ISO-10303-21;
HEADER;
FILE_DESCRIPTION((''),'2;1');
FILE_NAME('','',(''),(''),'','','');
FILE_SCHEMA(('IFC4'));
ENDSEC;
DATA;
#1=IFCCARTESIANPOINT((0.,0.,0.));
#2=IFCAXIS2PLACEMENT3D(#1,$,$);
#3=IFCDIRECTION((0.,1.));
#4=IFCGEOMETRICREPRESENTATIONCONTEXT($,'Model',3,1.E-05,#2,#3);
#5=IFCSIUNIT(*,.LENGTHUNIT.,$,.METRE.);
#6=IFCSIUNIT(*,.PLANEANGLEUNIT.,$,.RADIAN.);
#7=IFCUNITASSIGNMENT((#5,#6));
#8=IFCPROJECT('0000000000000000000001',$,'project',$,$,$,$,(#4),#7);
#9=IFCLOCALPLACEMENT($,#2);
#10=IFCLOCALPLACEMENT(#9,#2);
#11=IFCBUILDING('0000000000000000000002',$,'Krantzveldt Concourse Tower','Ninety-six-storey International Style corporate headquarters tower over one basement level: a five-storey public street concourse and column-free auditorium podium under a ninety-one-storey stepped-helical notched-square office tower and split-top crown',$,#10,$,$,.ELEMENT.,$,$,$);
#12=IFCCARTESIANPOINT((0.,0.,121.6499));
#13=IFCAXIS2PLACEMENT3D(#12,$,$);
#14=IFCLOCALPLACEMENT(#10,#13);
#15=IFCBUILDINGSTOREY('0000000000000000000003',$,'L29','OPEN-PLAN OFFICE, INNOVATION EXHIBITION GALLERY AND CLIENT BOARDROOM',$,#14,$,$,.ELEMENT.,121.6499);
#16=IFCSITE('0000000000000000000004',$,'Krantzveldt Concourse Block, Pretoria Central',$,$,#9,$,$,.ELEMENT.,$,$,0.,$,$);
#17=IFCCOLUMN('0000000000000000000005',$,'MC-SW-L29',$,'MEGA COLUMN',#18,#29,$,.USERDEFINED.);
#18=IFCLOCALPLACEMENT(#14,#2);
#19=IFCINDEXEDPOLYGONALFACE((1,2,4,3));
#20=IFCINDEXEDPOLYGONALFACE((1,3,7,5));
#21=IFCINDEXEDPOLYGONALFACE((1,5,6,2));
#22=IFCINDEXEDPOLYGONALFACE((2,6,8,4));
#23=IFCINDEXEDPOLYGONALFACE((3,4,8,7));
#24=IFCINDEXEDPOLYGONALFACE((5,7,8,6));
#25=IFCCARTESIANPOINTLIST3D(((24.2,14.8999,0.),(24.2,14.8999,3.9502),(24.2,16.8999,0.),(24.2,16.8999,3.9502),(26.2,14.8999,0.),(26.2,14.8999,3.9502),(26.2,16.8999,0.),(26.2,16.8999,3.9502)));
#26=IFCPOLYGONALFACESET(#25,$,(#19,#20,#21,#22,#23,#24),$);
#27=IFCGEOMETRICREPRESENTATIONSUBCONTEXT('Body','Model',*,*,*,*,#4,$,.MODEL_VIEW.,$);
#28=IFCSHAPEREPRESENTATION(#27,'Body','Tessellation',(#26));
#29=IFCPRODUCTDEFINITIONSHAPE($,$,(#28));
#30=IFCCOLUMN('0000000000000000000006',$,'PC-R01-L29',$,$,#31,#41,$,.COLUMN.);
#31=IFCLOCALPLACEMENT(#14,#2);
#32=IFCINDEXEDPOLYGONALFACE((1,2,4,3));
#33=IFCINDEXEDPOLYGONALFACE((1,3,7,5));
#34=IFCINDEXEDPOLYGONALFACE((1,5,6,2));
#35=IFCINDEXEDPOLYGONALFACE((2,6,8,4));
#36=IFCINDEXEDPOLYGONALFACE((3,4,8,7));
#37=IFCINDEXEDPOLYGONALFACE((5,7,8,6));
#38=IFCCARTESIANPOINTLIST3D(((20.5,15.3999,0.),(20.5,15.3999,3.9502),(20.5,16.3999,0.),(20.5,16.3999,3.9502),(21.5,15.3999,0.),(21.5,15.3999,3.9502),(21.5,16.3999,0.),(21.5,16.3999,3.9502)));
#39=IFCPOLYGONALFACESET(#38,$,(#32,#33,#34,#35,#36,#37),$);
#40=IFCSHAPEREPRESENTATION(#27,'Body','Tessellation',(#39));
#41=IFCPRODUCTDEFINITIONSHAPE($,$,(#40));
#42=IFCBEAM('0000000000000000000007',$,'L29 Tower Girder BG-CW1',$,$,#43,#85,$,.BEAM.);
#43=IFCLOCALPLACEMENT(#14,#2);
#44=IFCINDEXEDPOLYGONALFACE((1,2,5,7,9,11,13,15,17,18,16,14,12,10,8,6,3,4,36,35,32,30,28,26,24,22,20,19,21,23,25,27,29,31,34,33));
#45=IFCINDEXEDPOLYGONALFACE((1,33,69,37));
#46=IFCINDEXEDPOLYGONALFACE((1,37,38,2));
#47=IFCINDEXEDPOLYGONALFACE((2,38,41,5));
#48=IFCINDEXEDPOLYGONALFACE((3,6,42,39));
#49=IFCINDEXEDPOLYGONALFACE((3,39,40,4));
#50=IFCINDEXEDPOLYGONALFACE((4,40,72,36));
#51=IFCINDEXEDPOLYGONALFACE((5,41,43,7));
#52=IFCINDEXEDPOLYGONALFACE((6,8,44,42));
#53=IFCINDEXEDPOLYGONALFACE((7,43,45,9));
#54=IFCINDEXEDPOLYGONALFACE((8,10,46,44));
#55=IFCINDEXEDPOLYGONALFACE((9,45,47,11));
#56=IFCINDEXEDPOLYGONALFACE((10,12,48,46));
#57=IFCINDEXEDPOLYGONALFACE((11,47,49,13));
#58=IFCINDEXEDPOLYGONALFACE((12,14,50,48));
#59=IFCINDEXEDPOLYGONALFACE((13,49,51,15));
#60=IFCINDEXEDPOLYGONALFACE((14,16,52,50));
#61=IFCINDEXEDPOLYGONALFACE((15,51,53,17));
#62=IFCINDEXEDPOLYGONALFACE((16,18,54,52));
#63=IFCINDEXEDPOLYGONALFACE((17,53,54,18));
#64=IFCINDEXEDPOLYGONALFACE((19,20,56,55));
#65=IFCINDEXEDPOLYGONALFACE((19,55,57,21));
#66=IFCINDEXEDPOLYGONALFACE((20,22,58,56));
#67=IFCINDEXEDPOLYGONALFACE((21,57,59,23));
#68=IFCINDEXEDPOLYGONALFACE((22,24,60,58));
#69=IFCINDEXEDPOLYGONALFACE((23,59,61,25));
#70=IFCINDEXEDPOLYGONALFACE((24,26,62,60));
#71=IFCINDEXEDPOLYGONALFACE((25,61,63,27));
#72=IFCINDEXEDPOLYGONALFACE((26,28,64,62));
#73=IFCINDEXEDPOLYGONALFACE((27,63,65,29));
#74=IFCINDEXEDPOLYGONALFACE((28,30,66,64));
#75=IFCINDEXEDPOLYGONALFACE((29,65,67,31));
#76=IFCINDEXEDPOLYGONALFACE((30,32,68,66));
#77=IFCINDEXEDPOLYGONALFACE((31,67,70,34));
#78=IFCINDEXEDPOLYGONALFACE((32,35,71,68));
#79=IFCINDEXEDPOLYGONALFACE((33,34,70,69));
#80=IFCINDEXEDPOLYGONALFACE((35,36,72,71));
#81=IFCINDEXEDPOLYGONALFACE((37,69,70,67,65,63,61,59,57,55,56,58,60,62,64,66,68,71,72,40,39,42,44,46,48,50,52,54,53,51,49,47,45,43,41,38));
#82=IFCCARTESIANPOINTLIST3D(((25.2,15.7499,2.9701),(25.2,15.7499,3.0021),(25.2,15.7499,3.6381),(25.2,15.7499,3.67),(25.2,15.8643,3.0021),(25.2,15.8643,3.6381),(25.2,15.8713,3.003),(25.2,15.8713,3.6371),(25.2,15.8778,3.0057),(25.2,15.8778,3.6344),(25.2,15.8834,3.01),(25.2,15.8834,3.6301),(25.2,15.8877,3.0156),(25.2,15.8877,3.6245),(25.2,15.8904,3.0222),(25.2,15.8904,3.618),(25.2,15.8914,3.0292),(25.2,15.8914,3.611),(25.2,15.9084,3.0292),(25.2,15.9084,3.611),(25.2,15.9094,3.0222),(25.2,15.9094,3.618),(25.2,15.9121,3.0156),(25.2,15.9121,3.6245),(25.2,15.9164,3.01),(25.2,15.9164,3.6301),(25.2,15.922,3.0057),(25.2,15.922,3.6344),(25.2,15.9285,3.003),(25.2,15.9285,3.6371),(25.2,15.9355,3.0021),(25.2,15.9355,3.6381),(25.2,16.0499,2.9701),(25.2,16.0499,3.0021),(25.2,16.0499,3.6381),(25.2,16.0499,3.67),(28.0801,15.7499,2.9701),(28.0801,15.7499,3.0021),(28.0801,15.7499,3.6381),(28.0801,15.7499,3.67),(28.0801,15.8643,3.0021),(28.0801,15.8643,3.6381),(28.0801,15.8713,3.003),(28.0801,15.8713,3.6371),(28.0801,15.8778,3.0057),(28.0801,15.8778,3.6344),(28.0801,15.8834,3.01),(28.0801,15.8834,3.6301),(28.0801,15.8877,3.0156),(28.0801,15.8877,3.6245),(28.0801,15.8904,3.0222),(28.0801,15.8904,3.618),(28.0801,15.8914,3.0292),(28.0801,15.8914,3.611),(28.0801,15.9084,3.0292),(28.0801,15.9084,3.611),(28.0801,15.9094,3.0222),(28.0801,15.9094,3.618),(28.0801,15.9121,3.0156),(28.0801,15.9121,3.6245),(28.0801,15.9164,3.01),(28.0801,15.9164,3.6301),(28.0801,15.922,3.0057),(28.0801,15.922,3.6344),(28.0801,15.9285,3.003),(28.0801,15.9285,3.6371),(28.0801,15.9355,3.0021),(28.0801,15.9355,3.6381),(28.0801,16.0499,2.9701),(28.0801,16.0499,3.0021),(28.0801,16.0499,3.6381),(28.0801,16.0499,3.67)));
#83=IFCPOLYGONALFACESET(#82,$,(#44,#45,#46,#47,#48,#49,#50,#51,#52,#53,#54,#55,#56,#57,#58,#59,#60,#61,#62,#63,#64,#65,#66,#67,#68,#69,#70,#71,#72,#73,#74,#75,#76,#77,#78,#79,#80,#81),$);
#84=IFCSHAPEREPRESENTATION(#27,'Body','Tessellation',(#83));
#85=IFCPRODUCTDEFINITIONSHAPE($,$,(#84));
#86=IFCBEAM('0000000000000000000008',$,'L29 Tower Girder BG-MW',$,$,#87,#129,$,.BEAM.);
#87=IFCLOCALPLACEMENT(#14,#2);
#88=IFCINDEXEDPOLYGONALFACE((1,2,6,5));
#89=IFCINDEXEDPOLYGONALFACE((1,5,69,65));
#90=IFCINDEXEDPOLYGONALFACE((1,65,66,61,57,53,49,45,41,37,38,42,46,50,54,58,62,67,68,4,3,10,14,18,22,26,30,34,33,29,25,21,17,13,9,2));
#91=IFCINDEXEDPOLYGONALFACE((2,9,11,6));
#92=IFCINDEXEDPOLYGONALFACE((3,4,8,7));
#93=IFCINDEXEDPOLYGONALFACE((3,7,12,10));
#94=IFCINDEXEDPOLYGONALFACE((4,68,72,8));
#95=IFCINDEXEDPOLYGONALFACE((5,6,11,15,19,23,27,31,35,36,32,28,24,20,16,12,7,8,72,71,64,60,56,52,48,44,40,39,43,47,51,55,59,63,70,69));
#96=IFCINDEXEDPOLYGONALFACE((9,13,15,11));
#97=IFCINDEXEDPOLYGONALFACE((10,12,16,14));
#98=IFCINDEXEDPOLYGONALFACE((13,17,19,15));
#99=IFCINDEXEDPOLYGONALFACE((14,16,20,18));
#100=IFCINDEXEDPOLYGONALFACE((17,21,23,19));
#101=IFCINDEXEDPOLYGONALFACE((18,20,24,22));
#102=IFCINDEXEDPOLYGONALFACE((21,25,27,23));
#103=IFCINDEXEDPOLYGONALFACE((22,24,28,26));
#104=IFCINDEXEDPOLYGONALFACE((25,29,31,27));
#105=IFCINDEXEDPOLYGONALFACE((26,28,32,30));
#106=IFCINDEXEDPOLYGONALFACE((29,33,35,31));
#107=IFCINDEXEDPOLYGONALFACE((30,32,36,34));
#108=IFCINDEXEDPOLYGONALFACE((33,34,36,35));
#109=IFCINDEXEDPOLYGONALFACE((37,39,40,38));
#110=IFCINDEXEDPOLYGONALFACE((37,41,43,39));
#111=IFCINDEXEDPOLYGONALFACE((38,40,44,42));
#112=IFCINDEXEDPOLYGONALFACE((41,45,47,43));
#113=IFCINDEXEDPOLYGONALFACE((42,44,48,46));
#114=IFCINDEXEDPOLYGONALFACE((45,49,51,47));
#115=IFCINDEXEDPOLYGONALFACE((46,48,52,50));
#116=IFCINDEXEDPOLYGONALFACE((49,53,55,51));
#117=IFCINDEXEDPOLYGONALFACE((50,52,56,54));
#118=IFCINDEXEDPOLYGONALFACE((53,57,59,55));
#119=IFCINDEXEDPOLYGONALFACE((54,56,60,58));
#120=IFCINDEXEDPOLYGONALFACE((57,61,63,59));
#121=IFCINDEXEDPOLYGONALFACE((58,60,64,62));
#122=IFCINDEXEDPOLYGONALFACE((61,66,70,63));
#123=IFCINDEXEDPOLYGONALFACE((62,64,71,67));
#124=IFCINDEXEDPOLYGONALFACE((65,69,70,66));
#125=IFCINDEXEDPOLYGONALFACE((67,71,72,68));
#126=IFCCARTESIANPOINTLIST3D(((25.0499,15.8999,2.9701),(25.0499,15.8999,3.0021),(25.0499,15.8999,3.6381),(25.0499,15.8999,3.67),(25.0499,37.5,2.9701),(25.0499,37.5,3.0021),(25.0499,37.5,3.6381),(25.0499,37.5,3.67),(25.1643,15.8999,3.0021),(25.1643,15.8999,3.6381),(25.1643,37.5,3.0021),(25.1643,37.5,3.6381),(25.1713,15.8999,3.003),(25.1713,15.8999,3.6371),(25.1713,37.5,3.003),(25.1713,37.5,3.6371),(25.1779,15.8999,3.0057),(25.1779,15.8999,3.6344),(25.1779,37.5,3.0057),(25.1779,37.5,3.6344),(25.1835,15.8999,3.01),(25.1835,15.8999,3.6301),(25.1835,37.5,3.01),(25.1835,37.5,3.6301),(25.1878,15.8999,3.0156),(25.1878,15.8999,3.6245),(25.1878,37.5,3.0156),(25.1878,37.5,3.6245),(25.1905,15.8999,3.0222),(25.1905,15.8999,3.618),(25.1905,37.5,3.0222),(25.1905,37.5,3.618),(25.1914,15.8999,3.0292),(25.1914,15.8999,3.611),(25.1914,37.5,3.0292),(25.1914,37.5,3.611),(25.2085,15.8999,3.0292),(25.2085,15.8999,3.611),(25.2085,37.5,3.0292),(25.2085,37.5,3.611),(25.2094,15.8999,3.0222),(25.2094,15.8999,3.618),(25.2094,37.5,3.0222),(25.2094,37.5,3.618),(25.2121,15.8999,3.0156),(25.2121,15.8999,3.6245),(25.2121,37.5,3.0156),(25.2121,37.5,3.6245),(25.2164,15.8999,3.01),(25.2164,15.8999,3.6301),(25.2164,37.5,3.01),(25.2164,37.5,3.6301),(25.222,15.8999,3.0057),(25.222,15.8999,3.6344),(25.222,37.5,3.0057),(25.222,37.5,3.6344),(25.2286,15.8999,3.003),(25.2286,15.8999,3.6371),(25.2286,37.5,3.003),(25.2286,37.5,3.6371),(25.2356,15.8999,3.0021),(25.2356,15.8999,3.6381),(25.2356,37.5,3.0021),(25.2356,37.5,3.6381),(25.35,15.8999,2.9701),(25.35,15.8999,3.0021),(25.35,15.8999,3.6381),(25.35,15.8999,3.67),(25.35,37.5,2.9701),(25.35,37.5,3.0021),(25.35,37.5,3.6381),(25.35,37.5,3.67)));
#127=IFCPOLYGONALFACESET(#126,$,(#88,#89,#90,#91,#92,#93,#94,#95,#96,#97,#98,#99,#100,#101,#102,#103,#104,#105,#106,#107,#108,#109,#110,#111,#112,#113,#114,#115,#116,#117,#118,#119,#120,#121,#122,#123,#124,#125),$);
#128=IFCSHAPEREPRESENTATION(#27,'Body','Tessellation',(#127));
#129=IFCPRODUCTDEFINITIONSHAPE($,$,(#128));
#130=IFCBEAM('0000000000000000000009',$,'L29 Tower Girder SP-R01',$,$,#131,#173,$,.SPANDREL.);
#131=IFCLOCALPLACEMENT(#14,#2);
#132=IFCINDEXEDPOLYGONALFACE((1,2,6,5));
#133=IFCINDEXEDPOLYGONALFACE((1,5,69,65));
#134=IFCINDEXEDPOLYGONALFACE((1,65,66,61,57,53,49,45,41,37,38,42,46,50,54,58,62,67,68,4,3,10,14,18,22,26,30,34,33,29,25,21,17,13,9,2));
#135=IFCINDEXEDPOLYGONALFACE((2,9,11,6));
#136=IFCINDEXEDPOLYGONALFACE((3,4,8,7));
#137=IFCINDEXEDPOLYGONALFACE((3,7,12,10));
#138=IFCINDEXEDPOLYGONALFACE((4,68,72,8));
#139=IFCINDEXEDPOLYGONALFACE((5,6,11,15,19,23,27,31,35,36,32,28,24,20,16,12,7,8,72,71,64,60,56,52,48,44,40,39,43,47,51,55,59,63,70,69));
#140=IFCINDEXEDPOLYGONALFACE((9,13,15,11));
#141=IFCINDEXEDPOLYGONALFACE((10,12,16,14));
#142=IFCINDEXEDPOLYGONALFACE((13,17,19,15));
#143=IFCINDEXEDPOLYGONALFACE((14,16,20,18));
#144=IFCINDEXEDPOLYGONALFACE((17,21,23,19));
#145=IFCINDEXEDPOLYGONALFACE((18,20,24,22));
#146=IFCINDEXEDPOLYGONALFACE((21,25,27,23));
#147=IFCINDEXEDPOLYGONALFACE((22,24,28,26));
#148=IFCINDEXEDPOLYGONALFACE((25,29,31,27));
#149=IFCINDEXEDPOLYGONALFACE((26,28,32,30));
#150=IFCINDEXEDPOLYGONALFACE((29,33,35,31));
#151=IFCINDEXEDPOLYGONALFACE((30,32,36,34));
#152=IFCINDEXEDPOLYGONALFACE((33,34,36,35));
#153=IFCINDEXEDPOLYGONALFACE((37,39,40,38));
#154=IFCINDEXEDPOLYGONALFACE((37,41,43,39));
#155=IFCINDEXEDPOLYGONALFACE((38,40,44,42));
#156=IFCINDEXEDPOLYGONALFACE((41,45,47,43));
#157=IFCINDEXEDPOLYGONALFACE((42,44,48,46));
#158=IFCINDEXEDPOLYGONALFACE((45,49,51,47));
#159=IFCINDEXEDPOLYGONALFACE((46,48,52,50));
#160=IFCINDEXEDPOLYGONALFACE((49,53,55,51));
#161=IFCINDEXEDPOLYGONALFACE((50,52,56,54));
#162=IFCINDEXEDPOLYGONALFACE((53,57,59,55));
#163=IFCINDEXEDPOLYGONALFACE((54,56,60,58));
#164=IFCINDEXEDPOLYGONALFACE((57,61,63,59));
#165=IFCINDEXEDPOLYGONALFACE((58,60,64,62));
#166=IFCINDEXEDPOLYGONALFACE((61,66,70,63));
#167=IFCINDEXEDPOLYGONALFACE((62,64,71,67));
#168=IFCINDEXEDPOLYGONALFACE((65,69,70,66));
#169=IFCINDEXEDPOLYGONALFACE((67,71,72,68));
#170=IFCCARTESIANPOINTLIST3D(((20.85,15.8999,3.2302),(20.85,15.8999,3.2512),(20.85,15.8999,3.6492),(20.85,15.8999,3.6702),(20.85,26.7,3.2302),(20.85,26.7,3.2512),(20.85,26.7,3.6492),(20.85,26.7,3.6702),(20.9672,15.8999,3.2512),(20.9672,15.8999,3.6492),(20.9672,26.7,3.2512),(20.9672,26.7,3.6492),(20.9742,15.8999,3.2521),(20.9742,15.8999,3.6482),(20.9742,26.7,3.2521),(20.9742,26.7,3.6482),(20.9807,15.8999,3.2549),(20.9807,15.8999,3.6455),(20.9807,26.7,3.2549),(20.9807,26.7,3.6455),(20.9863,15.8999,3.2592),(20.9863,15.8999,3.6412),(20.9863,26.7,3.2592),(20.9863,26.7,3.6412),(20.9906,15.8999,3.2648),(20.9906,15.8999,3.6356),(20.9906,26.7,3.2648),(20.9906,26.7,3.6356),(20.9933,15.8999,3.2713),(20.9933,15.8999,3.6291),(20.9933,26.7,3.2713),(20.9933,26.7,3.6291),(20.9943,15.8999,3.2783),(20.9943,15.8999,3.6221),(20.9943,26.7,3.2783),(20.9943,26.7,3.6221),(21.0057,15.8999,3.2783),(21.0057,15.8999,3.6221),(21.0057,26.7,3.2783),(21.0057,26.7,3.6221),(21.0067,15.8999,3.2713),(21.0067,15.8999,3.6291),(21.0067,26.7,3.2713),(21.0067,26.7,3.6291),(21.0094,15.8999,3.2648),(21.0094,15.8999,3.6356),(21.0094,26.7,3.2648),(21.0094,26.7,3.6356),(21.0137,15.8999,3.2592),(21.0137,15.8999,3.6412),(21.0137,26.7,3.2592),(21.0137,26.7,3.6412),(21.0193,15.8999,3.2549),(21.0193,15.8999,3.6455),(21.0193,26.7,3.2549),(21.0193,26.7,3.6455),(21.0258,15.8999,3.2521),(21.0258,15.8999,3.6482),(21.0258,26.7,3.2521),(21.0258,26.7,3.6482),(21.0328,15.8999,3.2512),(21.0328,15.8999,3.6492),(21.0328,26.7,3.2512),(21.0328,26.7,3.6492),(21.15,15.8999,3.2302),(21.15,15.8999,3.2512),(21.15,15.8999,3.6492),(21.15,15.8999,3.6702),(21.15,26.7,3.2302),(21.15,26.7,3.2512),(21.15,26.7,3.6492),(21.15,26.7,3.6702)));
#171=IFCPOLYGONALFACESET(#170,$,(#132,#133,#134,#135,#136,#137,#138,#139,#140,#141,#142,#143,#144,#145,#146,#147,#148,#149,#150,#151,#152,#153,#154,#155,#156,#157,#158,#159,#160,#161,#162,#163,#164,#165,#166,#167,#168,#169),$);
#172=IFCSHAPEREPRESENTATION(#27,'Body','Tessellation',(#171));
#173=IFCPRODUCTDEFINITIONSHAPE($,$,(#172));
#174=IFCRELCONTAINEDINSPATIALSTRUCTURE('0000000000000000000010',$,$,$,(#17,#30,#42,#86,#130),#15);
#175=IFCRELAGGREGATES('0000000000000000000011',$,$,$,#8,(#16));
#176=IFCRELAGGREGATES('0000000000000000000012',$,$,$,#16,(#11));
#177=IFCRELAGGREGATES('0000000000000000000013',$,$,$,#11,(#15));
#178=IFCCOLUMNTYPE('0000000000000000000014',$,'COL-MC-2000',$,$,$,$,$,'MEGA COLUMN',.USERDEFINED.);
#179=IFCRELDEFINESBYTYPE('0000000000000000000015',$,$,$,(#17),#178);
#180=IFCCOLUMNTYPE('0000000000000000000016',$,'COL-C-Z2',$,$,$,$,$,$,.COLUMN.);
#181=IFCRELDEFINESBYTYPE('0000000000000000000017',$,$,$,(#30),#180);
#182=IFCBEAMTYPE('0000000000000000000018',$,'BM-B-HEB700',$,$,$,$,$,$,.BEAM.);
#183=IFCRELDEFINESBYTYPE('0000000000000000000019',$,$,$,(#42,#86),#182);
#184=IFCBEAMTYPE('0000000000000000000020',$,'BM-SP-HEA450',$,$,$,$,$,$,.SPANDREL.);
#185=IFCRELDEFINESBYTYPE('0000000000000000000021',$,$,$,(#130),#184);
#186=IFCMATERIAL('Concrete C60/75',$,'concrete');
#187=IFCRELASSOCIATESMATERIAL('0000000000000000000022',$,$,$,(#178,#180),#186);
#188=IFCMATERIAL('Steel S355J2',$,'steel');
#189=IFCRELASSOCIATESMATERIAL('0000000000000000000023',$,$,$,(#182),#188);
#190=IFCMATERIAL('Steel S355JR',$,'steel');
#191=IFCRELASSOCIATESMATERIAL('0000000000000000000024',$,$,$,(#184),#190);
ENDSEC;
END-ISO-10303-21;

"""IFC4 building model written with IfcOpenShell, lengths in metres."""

from ifc_helpers import new_model, si_unit, direction, frame, origin, origin_2d, place, context, subcontext, project, spatial, rectangle, i_section, extrude, source, transform, mapped, material, material_profile, profile_set, type_object, type_shapes, element, save


model = new_model("IFC4")

# Units and contexts
model_context = context("Model", 3, precision=1e-05, world=origin(), true_north=direction((0.0, 1.0)))
body_context = subcontext(model_context, "Body", "Model", "MODEL_VIEW")
ifc_project = project(units=[si_unit("LENGTHUNIT", "METRE"), si_unit("PLANEANGLEUNIT", "RADIAN")], contexts=[model_context])

# Site, building, storey
site_placement = place(None, origin())
site = spatial("IfcSite", under=ifc_project, at=site_placement, Name="Krantzveldt Concourse Block, Pretoria Central", CompositionType="ELEMENT", RefElevation=0.0)
building_placement = place(site_placement, origin())
building = spatial("IfcBuilding", under=site, at=building_placement, Name="Krantzveldt Concourse Tower", Description="Ninety-six-storey International Style corporate headquarters tower over one basement level: a five-storey public street concourse and column-free auditorium podium under a ninety-one-storey stepped-helical notched-square office tower and split-top crown", CompositionType="ELEMENT")
storey_placement = place(building_placement, frame((0.0, 0.0, 121.6499)))
storey = spatial("IfcBuildingStorey", under=building, at=storey_placement, Name="L29", Description="OPEN-PLAN OFFICE, INNOVATION EXHIBITION GALLERY AND CLIENT BOARDROOM", CompositionType="ELEMENT", Elevation=121.6499)

# Columns
ifc_material_1 = material(Name="Concrete C60/75", Category="concrete")
ifc_material_profile_1 = material_profile(ifc_material_1, rectangle(XDim=2.0, YDim=2.0, at=origin_2d()), Name="Concrete C60/75", Category="concrete")
ifc_profile_set_1 = profile_set([ifc_material_profile_1], Name="Concrete C60/75 - RC 2000x2000")
column_type_1 = type_object("IfcColumnType", Name="COL-MC-2000", ElementType="MEGA COLUMN", PredefinedType="USERDEFINED", material=ifc_profile_set_1)
shared_shape_1 = source(origin(), body_context, "Body", "SweptSolid", [
    extrude(rectangle(XDim=2.0, YDim=2.0, at=origin_2d()), origin(), (0.0, 0.0, 1.0), 3.9502),
])
type_shapes(column_type_1, [shared_shape_1])
column_1_placement = place(storey_placement, frame((25.2, 15.8999, 0.0), z_axis=(0.0, 0.0, 1.0), x_axis=(1.0, 0.0, 0.0)))
element("IfcColumn", 1, at=column_1_placement, inside=storey, type_object=column_type_1, Name="MC-SW-L29", ObjectType="MEGA COLUMN", PredefinedType="USERDEFINED", context=body_context, shape_type="MappedRepresentation", body=[
    mapped(shared_shape_1, transform((0.0, 0.0, 0.0), x_axis=(1.0, 0.0, 0.0), y_axis=(0.0, 1.0, 0.0), z_axis=(0.0, 0.0, 1.0), scale=1.0)),
])
ifc_material_profile_2 = material_profile(ifc_material_1, rectangle(XDim=1.0, YDim=1.0, at=origin_2d()), Name="Concrete C60/75", Category="concrete")
ifc_profile_set_2 = profile_set([ifc_material_profile_2], Name="Concrete C60/75 - RC 1000x1000")
column_type_2 = type_object("IfcColumnType", Name="COL-C-Z2", PredefinedType="COLUMN", material=ifc_profile_set_2)
shared_shape_2 = source(origin(), body_context, "Body", "SweptSolid", [
    extrude(rectangle(XDim=1.0, YDim=1.0, at=origin_2d()), origin(), (0.0, 0.0, 1.0), 3.9502),
])
type_shapes(column_type_2, [shared_shape_2])
column_2_placement = place(storey_placement, frame((21.0, 15.8999, 0.0), z_axis=(0.0, 0.0, 1.0), x_axis=(1.0, 0.0, 0.0)))
element("IfcColumn", 2, at=column_2_placement, inside=storey, type_object=column_type_2, Name="PC-R01-L29", PredefinedType="COLUMN", context=body_context, shape_type="MappedRepresentation", body=[
    mapped(shared_shape_2, transform((0.0, 0.0, 0.0), x_axis=(1.0, 0.0, 0.0), y_axis=(0.0, 1.0, 0.0), z_axis=(0.0, 0.0, 1.0), scale=1.0)),
])

# Beams
ifc_material_2 = material(Name="Steel S355J2", Category="steel")
ifc_material_profile_3 = material_profile(ifc_material_2, i_section(OverallWidth=0.3, OverallDepth=0.7, WebThickness=0.0171, FlangeThickness=0.032, FilletRadius=0.0271, at=origin_2d()), Name="Steel S355J2", Category="steel")
ifc_profile_set_3 = profile_set([ifc_material_profile_3], Name="Steel S355J2 - HEB 700")
beam_type_1 = type_object("IfcBeamType", Name="BM-B-HEB700", PredefinedType="BEAM", material=ifc_profile_set_3)
shared_shape_3 = source(origin(), body_context, "Body", "SweptSolid", [
    extrude(i_section(OverallWidth=0.3, OverallDepth=0.7, WebThickness=0.0171, FlangeThickness=0.032, FilletRadius=0.0271, at=origin_2d()), origin(), (0.0, 0.0, 1.0), 2.8801),
])
beam_1_placement = place(storey_placement, frame((25.2, 15.8999, 3.3201), z_axis=(1.0, 0.0, 0.0), x_axis=(0.0, 1.0, 0.0)))
element("IfcBeam", 3, at=beam_1_placement, inside=storey, type_object=beam_type_1, Name="L29 Tower Girder BG-CW1", PredefinedType="BEAM", context=body_context, shape_type="MappedRepresentation", body=[
    mapped(shared_shape_3, transform((0.0, 0.0, 0.0), x_axis=(1.0, 0.0, 0.0), y_axis=(0.0, 1.0, 0.0), z_axis=(0.0, 0.0, 1.0), scale=1.0)),
])
shared_shape_4 = source(origin(), body_context, "Body", "SweptSolid", [
    extrude(i_section(OverallWidth=0.3, OverallDepth=0.7, WebThickness=0.0171, FlangeThickness=0.032, FilletRadius=0.0271, at=origin_2d()), origin(), (0.0, 0.0, 1.0), 21.6001),
])
type_shapes(beam_type_1, [shared_shape_3, shared_shape_4])
beam_2_placement = place(storey_placement, frame((25.2, 15.8999, 3.3201), z_axis=(0.0, 1.0, 0.0), x_axis=(-1.0, 0.0, 0.0)))
element("IfcBeam", 4, at=beam_2_placement, inside=storey, type_object=beam_type_1, Name="L29 Tower Girder BG-MW", PredefinedType="BEAM", context=body_context, shape_type="MappedRepresentation", body=[
    mapped(shared_shape_4, transform((0.0, 0.0, 0.0), x_axis=(1.0, 0.0, 0.0), y_axis=(0.0, 1.0, 0.0), z_axis=(0.0, 0.0, 1.0), scale=1.0)),
])
ifc_material_3 = material(Name="Steel S355JR", Category="steel")
ifc_material_profile_4 = material_profile(ifc_material_3, i_section(OverallWidth=0.3, OverallDepth=0.4399, WebThickness=0.0115, FlangeThickness=0.021, FilletRadius=0.0271, at=origin_2d()), Name="Steel S355JR", Category="steel")
ifc_profile_set_4 = profile_set([ifc_material_profile_4], Name="Steel S355JR - HEA 450")
beam_type_2 = type_object("IfcBeamType", Name="BM-SP-HEA450", PredefinedType="SPANDREL", material=ifc_profile_set_4)
shared_shape_5 = source(origin(), body_context, "Body", "SweptSolid", [
    extrude(i_section(OverallWidth=0.3, OverallDepth=0.4399, WebThickness=0.0115, FlangeThickness=0.021, FilletRadius=0.0271, at=origin_2d()), origin(), (0.0, 0.0, 1.0), 10.8),
])
type_shapes(beam_type_2, [shared_shape_5])
beam_3_placement = place(storey_placement, frame((21.0, 15.8999, 3.4502), z_axis=(0.0, 1.0, 0.0), x_axis=(-1.0, 0.0, 0.0)))
element("IfcBeam", 5, at=beam_3_placement, inside=storey, type_object=beam_type_2, Name="L29 Tower Girder SP-R01", PredefinedType="SPANDREL", context=body_context, shape_type="MappedRepresentation", body=[
    mapped(shared_shape_5, transform((0.0, 0.0, 0.0), x_axis=(1.0, 0.0, 0.0), y_axis=(0.0, 1.0, 0.0), z_axis=(0.0, 0.0, 1.0), scale=1.0)),
])

save(model, "model.ifc")
